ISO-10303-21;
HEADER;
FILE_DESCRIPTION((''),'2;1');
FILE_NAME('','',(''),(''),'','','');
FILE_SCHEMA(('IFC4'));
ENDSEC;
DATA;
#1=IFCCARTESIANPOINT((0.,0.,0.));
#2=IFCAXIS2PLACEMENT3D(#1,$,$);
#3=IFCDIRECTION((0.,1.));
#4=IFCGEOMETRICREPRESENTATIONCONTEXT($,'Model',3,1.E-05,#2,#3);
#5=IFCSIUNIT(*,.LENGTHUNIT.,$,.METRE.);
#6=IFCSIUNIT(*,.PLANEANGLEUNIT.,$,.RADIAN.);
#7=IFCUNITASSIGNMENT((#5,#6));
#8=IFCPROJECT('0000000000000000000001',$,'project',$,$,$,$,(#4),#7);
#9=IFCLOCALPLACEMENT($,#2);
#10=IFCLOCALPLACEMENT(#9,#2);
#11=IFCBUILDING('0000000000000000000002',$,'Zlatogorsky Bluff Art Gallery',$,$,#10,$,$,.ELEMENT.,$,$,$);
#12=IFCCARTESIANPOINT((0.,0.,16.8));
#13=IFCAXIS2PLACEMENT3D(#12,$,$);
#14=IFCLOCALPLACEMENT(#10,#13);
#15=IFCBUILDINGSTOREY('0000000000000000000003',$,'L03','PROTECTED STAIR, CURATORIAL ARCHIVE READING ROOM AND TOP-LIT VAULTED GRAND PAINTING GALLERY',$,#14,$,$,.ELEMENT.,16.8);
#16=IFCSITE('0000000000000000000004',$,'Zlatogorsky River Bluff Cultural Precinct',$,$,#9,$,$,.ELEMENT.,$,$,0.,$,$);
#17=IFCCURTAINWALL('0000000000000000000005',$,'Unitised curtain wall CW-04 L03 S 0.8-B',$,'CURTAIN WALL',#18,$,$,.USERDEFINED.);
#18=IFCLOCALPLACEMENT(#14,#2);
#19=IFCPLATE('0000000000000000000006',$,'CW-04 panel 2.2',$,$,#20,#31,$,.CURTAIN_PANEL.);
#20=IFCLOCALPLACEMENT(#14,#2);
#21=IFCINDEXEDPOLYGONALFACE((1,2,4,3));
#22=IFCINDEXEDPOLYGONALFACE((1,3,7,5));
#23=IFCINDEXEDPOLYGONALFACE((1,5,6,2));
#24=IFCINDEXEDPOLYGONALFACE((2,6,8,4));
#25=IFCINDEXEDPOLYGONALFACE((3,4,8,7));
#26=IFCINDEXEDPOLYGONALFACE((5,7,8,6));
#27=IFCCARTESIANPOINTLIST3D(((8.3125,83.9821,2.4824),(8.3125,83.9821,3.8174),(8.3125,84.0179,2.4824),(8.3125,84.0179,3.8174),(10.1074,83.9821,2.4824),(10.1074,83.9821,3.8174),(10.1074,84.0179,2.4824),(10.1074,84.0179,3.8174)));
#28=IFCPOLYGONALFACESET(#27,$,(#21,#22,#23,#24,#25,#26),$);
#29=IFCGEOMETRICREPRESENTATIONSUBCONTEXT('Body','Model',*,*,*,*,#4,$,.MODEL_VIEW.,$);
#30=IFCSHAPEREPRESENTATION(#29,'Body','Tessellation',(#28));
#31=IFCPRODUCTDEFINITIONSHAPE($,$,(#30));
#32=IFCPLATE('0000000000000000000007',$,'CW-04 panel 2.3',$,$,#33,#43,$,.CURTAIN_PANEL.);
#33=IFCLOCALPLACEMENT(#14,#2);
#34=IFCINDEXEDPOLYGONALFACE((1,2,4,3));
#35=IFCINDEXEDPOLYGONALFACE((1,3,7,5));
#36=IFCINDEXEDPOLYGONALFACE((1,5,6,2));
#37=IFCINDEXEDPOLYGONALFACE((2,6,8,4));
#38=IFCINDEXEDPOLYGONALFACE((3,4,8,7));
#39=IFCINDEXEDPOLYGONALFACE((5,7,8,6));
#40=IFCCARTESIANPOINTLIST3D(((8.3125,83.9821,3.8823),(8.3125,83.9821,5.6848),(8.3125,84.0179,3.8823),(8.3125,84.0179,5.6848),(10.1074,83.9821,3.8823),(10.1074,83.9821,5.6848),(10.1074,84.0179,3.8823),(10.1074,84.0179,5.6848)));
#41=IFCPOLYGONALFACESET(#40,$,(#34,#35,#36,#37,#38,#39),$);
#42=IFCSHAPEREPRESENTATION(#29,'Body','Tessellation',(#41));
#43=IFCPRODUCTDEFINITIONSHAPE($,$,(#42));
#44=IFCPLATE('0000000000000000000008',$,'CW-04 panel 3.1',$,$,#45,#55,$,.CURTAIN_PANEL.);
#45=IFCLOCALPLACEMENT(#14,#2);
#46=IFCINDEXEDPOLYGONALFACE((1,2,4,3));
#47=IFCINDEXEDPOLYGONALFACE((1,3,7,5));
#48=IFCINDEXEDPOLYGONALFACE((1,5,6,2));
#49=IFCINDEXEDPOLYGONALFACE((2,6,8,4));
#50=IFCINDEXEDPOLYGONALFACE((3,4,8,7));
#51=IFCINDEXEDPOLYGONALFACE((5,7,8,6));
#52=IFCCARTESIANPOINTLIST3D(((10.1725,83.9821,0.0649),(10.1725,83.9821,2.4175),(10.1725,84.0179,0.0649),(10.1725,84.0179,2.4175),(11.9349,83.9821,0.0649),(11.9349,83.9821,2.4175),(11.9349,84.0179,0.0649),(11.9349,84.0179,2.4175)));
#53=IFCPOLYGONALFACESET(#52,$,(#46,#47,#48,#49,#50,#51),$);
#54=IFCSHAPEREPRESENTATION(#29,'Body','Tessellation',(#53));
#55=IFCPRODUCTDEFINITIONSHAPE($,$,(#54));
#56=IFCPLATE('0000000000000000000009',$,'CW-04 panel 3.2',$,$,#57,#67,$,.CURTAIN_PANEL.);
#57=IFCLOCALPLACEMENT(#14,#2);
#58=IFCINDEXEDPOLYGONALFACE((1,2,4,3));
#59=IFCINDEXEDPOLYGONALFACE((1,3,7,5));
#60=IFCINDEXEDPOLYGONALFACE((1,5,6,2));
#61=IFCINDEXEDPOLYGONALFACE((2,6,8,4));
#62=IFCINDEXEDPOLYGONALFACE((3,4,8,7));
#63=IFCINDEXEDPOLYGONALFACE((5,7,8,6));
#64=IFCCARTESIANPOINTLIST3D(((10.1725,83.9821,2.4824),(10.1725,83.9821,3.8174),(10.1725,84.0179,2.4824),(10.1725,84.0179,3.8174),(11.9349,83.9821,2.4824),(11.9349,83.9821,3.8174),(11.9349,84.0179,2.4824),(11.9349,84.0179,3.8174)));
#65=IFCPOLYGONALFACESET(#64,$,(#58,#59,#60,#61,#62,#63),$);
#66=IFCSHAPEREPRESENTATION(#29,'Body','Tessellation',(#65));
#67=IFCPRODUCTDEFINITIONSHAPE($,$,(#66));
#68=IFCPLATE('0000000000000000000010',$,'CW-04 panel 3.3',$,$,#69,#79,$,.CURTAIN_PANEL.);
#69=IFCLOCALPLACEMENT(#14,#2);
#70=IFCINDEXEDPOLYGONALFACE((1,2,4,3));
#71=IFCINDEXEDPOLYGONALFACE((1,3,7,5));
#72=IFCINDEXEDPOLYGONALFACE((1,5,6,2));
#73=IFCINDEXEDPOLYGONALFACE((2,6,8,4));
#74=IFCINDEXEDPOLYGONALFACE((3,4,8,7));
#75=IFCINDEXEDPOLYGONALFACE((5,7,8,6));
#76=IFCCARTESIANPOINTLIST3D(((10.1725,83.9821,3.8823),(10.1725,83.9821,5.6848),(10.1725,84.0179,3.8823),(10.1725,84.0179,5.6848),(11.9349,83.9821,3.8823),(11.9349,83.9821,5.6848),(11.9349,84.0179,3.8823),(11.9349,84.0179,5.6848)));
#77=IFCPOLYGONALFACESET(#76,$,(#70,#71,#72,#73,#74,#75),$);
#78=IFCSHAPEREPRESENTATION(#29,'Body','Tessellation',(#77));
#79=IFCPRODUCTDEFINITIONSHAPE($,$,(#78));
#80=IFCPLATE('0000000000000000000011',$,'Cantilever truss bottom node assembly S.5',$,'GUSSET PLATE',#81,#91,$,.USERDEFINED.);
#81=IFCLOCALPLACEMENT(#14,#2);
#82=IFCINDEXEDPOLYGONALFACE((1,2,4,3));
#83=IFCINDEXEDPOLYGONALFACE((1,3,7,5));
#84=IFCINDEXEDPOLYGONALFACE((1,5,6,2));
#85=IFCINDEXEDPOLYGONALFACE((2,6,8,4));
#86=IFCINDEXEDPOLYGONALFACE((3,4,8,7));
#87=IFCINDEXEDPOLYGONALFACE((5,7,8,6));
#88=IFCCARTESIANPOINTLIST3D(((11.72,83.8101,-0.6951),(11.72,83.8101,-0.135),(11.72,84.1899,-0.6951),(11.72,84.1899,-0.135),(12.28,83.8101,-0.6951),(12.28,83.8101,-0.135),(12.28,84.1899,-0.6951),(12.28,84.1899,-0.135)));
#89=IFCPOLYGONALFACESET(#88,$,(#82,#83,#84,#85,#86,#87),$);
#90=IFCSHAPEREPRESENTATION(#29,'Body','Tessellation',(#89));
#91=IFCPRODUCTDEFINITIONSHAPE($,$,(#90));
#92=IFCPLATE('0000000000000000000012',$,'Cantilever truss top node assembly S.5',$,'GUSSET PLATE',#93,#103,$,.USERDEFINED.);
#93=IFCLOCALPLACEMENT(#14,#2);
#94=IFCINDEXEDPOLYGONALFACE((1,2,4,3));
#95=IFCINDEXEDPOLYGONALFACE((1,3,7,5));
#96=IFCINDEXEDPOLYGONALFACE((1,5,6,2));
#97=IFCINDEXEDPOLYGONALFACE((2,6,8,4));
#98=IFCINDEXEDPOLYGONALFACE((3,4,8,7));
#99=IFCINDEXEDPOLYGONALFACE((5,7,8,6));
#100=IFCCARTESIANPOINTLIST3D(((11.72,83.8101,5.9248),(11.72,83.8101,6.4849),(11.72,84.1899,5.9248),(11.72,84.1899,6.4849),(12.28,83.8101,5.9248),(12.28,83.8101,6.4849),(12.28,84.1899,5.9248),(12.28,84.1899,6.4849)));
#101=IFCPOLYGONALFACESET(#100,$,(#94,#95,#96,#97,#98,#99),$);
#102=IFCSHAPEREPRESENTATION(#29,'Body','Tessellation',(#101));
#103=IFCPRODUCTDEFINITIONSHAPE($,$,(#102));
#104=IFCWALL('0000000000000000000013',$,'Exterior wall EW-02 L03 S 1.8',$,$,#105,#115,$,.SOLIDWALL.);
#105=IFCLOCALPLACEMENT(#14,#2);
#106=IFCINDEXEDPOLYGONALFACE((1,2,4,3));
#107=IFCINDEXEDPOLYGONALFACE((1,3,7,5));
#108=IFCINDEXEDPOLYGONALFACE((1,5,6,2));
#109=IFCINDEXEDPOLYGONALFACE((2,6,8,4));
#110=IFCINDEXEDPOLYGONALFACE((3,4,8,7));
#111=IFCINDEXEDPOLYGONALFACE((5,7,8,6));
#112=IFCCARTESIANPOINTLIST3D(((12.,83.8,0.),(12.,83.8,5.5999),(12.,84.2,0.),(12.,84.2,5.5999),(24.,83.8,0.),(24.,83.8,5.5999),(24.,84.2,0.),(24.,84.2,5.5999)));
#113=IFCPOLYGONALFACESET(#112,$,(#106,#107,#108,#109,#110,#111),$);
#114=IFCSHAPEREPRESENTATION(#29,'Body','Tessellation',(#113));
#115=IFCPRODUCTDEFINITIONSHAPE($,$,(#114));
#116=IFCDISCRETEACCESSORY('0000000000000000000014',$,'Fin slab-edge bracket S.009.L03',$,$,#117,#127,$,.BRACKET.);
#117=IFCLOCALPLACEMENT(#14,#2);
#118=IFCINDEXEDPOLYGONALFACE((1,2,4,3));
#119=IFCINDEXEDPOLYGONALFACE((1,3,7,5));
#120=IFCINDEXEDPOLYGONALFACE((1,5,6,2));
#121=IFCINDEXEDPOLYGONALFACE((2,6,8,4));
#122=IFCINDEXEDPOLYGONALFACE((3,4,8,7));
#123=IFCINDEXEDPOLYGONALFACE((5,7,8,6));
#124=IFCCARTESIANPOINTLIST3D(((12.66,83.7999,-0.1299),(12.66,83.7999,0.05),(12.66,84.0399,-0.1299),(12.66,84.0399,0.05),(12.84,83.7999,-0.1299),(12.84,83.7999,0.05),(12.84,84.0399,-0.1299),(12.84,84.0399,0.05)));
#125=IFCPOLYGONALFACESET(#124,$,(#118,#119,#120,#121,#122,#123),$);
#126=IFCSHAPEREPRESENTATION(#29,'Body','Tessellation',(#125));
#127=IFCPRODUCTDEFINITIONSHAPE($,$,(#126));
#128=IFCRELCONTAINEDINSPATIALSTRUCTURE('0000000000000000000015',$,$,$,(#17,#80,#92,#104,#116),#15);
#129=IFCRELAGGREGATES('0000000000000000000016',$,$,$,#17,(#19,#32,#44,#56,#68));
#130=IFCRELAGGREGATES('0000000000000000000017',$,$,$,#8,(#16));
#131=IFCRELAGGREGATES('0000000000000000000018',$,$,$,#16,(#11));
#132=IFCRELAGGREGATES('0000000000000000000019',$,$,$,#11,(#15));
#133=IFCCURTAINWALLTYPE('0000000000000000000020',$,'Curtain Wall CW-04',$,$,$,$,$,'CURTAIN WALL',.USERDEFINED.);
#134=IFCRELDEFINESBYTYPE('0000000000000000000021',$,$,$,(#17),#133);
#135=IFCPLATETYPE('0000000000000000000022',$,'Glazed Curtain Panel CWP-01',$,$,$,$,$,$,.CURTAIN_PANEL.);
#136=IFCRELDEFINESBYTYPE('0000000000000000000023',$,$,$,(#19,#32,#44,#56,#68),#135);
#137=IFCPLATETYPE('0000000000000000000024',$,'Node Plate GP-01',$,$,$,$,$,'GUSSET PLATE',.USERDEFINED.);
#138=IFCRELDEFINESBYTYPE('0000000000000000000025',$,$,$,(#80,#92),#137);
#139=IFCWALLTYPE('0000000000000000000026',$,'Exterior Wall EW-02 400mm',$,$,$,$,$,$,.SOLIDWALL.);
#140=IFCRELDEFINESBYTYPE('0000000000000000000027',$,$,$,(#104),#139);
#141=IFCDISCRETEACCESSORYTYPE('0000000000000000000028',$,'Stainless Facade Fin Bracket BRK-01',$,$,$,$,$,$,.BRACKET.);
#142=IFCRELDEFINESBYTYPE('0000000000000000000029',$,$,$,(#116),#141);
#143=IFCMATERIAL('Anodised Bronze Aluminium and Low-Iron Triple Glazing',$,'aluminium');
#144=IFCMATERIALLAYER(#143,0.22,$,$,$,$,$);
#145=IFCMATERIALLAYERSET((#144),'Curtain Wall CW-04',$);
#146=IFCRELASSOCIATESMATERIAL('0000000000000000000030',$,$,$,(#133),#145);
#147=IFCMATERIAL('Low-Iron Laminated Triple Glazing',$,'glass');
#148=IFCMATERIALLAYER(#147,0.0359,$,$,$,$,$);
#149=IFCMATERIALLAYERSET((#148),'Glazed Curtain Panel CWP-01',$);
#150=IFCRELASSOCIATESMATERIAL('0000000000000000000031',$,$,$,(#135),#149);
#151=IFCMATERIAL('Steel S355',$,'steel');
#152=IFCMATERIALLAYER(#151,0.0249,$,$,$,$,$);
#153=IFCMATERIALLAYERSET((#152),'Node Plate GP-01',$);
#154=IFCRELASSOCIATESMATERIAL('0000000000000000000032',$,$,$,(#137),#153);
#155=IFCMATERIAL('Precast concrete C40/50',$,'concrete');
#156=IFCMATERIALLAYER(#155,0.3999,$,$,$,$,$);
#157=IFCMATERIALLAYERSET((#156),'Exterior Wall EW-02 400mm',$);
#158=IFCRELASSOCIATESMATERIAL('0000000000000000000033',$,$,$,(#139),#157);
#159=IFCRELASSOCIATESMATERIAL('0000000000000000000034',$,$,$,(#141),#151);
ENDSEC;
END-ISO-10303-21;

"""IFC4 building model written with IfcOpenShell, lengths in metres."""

from ifc_helpers import new_model, si_unit, direction, frame, frame_2d, origin, origin_2d, place, context, subcontext, project, spatial, rectangle, extrude, material, layer, layer_set, type_object, element, aggregate, save


model = new_model("IFC4")

# Units and contexts
model_context = context("Model", 3, precision=1e-05, world=origin(), true_north=direction((0.0, 1.0)))
body_context = subcontext(model_context, "Body", "Model", "MODEL_VIEW")
ifc_project = project(units=[si_unit("LENGTHUNIT", "METRE"), si_unit("PLANEANGLEUNIT", "RADIAN")], contexts=[model_context])

# Site, building, storey
site_placement = place(None, origin())
site = spatial("IfcSite", under=ifc_project, at=site_placement, Name="Zlatogorsky River Bluff Cultural Precinct", CompositionType="ELEMENT", RefElevation=0.0)
building_placement = place(site_placement, origin())
building = spatial("IfcBuilding", under=site, at=building_placement, Name="Zlatogorsky Bluff Art Gallery", CompositionType="ELEMENT")
storey_placement = place(building_placement, frame((0.0, 0.0, 16.8)))
storey = spatial("IfcBuildingStorey", under=building, at=storey_placement, Name="L03", Description="PROTECTED STAIR, CURATORIAL ARCHIVE READING ROOM AND TOP-LIT VAULTED GRAND PAINTING GALLERY", CompositionType="ELEMENT", Elevation=16.8)

# Shared definitions
ifc_material_1 = material(Name="Steel S355", Category="steel")

# Curtain wall
ifc_material_2 = material(Name="Anodised Bronze Aluminium and Low-Iron Triple Glazing", Category="aluminium")
ifc_layer_1 = layer(ifc_material_2, 0.22)
ifc_layer_set_1 = layer_set([ifc_layer_1], Name="Curtain Wall CW-04")
curtain_wall_type = type_object("IfcCurtainWallType", Name="Curtain Wall CW-04", ElementType="CURTAIN WALL", PredefinedType="USERDEFINED", material=ifc_layer_set_1)
curtain_wall_placement = place(storey_placement, origin())
curtain_wall = element("IfcCurtainWall", 1, at=curtain_wall_placement, inside=storey, type_object=curtain_wall_type, Name="Unitised curtain wall CW-04 L03 S 0.8-B", ObjectType="CURTAIN WALL", PredefinedType="USERDEFINED")

# Plates
ifc_material_3 = material(Name="Low-Iron Laminated Triple Glazing", Category="glass")
ifc_layer_2 = layer(ifc_material_3, 0.0359)
ifc_layer_set_2 = layer_set([ifc_layer_2], Name="Glazed Curtain Panel CWP-01")
plate_type_1 = type_object("IfcPlateType", Name="Glazed Curtain Panel CWP-01", PredefinedType="CURTAIN_PANEL", material=ifc_layer_set_2)
plate_1_placement = place(storey_placement, frame((9.21, 84.0, 2.4824), z_axis=(0.0, 0.0, 1.0), x_axis=(1.0, 0.0, 0.0)))
plate_1 = element("IfcPlate", 2, at=plate_1_placement, type_object=plate_type_1, Name="CW-04 panel 2.2", PredefinedType="CURTAIN_PANEL", context=body_context, shape_type="SweptSolid", body=[
    extrude(rectangle(XDim=1.7949, YDim=0.0359, at=origin_2d()), origin(), (0.0, 0.0, 1.0), 1.335),
])
plate_2_placement = place(storey_placement, frame((9.21, 84.0, 3.8823), z_axis=(0.0, 0.0, 1.0), x_axis=(1.0, 0.0, 0.0)))
plate_2 = element("IfcPlate", 3, at=plate_2_placement, type_object=plate_type_1, Name="CW-04 panel 2.3", PredefinedType="CURTAIN_PANEL", context=body_context, shape_type="SweptSolid", body=[
    extrude(rectangle(XDim=1.7949, YDim=0.0359, at=origin_2d()), origin(), (0.0, 0.0, 1.0), 1.8025),
])
plate_3_placement = place(storey_placement, frame((11.0537, 84.0, 0.0649), z_axis=(0.0, 0.0, 1.0), x_axis=(1.0, 0.0, 0.0)))
plate_3 = element("IfcPlate", 4, at=plate_3_placement, type_object=plate_type_1, Name="CW-04 panel 3.1", PredefinedType="CURTAIN_PANEL", context=body_context, shape_type="SweptSolid", body=[
    extrude(rectangle(XDim=1.7625, YDim=0.0359, at=origin_2d()), origin(), (0.0, 0.0, 1.0), 2.3525),
])
plate_4_placement = place(storey_placement, frame((11.0537, 84.0, 2.4824), z_axis=(0.0, 0.0, 1.0), x_axis=(1.0, 0.0, 0.0)))
plate_4 = element("IfcPlate", 5, at=plate_4_placement, type_object=plate_type_1, Name="CW-04 panel 3.2", PredefinedType="CURTAIN_PANEL", context=body_context, shape_type="SweptSolid", body=[
    extrude(rectangle(XDim=1.7625, YDim=0.0359, at=origin_2d()), origin(), (0.0, 0.0, 1.0), 1.335),
])
plate_5_placement = place(storey_placement, frame((11.0537, 84.0, 3.8823), z_axis=(0.0, 0.0, 1.0), x_axis=(1.0, 0.0, 0.0)))
plate_5 = element("IfcPlate", 6, at=plate_5_placement, type_object=plate_type_1, Name="CW-04 panel 3.3", PredefinedType="CURTAIN_PANEL", context=body_context, shape_type="SweptSolid", body=[
    extrude(rectangle(XDim=1.7625, YDim=0.0359, at=origin_2d()), origin(), (0.0, 0.0, 1.0), 1.8025),
])
aggregate(curtain_wall, [plate_1, plate_2, plate_3, plate_4, plate_5])

# Plates
ifc_layer_3 = layer(ifc_material_1, 0.0249)
ifc_layer_set_3 = layer_set([ifc_layer_3], Name="Node Plate GP-01")
plate_type_2 = type_object("IfcPlateType", Name="Node Plate GP-01", ElementType="GUSSET PLATE", PredefinedType="USERDEFINED", material=ifc_layer_set_3)
for number, where, z_axis, x_axis, name in (
    (7, (12.0, 84.0, -0.6951), (0.0, 0.0, 1.0), (1.0, 0.0, 0.0), "Cantilever truss bottom node assembly S.5"),
    (8, (12.0, 84.0, 5.9248), (0.0, 0.0, 1.0), (1.0, 0.0, 0.0), "Cantilever truss top node assembly S.5"),
):
    element("IfcPlate", number, at=place(storey_placement, frame(where, z_axis=z_axis, x_axis=x_axis)), inside=storey, type_object=plate_type_2, Name=name, ObjectType="GUSSET PLATE", PredefinedType="USERDEFINED", context=body_context, shape_type="SweptSolid", body=[
        extrude(rectangle(XDim=0.5601, YDim=0.3799, at=origin_2d()), origin(), (0.0, 0.0, 1.0), 0.5601),
    ])

# Wall
ifc_material_4 = material(Name="Precast concrete C40/50", Category="concrete")
ifc_layer_4 = layer(ifc_material_4, 0.3999)
ifc_layer_set_4 = layer_set([ifc_layer_4], Name="Exterior Wall EW-02 400mm")
wall_type = type_object("IfcWallType", Name="Exterior Wall EW-02 400mm", PredefinedType="SOLIDWALL", material=ifc_layer_set_4)
wall_placement = place(storey_placement, frame((12.0, 84.0, 0.0), z_axis=(0.0, 0.0, 1.0), x_axis=(1.0, 0.0, 0.0)))
element("IfcWall", 9, at=wall_placement, inside=storey, type_object=wall_type, Name="Exterior wall EW-02 L03 S 1.8", PredefinedType="SOLIDWALL", context=body_context, shape_type="SweptSolid", body=[
    extrude(rectangle(XDim=12.0, YDim=0.3999, at=frame_2d((6.0, 0.0))), origin(), (0.0, 0.0, 1.0), 5.5999),
])

# Discrete accessory
discrete_accessory_type = type_object("IfcDiscreteAccessoryType", Name="Stainless Facade Fin Bracket BRK-01", PredefinedType="BRACKET", material=ifc_material_1)
discrete_accessory_placement = place(storey_placement, frame((12.75, 83.9199, -0.1299), z_axis=(0.0, 0.0, 1.0), x_axis=(1.0, 0.0, 0.0)))
element("IfcDiscreteAccessory", 10, at=discrete_accessory_placement, inside=storey, type_object=discrete_accessory_type, Name="Fin slab-edge bracket S.009.L03", PredefinedType="BRACKET", context=body_context, shape_type="SweptSolid", body=[
    extrude(rectangle(XDim=0.1799, YDim=0.24, at=origin_2d()), origin(), (0.0, 0.0, 1.0), 0.1799),
])

save(model, "model.ifc")
